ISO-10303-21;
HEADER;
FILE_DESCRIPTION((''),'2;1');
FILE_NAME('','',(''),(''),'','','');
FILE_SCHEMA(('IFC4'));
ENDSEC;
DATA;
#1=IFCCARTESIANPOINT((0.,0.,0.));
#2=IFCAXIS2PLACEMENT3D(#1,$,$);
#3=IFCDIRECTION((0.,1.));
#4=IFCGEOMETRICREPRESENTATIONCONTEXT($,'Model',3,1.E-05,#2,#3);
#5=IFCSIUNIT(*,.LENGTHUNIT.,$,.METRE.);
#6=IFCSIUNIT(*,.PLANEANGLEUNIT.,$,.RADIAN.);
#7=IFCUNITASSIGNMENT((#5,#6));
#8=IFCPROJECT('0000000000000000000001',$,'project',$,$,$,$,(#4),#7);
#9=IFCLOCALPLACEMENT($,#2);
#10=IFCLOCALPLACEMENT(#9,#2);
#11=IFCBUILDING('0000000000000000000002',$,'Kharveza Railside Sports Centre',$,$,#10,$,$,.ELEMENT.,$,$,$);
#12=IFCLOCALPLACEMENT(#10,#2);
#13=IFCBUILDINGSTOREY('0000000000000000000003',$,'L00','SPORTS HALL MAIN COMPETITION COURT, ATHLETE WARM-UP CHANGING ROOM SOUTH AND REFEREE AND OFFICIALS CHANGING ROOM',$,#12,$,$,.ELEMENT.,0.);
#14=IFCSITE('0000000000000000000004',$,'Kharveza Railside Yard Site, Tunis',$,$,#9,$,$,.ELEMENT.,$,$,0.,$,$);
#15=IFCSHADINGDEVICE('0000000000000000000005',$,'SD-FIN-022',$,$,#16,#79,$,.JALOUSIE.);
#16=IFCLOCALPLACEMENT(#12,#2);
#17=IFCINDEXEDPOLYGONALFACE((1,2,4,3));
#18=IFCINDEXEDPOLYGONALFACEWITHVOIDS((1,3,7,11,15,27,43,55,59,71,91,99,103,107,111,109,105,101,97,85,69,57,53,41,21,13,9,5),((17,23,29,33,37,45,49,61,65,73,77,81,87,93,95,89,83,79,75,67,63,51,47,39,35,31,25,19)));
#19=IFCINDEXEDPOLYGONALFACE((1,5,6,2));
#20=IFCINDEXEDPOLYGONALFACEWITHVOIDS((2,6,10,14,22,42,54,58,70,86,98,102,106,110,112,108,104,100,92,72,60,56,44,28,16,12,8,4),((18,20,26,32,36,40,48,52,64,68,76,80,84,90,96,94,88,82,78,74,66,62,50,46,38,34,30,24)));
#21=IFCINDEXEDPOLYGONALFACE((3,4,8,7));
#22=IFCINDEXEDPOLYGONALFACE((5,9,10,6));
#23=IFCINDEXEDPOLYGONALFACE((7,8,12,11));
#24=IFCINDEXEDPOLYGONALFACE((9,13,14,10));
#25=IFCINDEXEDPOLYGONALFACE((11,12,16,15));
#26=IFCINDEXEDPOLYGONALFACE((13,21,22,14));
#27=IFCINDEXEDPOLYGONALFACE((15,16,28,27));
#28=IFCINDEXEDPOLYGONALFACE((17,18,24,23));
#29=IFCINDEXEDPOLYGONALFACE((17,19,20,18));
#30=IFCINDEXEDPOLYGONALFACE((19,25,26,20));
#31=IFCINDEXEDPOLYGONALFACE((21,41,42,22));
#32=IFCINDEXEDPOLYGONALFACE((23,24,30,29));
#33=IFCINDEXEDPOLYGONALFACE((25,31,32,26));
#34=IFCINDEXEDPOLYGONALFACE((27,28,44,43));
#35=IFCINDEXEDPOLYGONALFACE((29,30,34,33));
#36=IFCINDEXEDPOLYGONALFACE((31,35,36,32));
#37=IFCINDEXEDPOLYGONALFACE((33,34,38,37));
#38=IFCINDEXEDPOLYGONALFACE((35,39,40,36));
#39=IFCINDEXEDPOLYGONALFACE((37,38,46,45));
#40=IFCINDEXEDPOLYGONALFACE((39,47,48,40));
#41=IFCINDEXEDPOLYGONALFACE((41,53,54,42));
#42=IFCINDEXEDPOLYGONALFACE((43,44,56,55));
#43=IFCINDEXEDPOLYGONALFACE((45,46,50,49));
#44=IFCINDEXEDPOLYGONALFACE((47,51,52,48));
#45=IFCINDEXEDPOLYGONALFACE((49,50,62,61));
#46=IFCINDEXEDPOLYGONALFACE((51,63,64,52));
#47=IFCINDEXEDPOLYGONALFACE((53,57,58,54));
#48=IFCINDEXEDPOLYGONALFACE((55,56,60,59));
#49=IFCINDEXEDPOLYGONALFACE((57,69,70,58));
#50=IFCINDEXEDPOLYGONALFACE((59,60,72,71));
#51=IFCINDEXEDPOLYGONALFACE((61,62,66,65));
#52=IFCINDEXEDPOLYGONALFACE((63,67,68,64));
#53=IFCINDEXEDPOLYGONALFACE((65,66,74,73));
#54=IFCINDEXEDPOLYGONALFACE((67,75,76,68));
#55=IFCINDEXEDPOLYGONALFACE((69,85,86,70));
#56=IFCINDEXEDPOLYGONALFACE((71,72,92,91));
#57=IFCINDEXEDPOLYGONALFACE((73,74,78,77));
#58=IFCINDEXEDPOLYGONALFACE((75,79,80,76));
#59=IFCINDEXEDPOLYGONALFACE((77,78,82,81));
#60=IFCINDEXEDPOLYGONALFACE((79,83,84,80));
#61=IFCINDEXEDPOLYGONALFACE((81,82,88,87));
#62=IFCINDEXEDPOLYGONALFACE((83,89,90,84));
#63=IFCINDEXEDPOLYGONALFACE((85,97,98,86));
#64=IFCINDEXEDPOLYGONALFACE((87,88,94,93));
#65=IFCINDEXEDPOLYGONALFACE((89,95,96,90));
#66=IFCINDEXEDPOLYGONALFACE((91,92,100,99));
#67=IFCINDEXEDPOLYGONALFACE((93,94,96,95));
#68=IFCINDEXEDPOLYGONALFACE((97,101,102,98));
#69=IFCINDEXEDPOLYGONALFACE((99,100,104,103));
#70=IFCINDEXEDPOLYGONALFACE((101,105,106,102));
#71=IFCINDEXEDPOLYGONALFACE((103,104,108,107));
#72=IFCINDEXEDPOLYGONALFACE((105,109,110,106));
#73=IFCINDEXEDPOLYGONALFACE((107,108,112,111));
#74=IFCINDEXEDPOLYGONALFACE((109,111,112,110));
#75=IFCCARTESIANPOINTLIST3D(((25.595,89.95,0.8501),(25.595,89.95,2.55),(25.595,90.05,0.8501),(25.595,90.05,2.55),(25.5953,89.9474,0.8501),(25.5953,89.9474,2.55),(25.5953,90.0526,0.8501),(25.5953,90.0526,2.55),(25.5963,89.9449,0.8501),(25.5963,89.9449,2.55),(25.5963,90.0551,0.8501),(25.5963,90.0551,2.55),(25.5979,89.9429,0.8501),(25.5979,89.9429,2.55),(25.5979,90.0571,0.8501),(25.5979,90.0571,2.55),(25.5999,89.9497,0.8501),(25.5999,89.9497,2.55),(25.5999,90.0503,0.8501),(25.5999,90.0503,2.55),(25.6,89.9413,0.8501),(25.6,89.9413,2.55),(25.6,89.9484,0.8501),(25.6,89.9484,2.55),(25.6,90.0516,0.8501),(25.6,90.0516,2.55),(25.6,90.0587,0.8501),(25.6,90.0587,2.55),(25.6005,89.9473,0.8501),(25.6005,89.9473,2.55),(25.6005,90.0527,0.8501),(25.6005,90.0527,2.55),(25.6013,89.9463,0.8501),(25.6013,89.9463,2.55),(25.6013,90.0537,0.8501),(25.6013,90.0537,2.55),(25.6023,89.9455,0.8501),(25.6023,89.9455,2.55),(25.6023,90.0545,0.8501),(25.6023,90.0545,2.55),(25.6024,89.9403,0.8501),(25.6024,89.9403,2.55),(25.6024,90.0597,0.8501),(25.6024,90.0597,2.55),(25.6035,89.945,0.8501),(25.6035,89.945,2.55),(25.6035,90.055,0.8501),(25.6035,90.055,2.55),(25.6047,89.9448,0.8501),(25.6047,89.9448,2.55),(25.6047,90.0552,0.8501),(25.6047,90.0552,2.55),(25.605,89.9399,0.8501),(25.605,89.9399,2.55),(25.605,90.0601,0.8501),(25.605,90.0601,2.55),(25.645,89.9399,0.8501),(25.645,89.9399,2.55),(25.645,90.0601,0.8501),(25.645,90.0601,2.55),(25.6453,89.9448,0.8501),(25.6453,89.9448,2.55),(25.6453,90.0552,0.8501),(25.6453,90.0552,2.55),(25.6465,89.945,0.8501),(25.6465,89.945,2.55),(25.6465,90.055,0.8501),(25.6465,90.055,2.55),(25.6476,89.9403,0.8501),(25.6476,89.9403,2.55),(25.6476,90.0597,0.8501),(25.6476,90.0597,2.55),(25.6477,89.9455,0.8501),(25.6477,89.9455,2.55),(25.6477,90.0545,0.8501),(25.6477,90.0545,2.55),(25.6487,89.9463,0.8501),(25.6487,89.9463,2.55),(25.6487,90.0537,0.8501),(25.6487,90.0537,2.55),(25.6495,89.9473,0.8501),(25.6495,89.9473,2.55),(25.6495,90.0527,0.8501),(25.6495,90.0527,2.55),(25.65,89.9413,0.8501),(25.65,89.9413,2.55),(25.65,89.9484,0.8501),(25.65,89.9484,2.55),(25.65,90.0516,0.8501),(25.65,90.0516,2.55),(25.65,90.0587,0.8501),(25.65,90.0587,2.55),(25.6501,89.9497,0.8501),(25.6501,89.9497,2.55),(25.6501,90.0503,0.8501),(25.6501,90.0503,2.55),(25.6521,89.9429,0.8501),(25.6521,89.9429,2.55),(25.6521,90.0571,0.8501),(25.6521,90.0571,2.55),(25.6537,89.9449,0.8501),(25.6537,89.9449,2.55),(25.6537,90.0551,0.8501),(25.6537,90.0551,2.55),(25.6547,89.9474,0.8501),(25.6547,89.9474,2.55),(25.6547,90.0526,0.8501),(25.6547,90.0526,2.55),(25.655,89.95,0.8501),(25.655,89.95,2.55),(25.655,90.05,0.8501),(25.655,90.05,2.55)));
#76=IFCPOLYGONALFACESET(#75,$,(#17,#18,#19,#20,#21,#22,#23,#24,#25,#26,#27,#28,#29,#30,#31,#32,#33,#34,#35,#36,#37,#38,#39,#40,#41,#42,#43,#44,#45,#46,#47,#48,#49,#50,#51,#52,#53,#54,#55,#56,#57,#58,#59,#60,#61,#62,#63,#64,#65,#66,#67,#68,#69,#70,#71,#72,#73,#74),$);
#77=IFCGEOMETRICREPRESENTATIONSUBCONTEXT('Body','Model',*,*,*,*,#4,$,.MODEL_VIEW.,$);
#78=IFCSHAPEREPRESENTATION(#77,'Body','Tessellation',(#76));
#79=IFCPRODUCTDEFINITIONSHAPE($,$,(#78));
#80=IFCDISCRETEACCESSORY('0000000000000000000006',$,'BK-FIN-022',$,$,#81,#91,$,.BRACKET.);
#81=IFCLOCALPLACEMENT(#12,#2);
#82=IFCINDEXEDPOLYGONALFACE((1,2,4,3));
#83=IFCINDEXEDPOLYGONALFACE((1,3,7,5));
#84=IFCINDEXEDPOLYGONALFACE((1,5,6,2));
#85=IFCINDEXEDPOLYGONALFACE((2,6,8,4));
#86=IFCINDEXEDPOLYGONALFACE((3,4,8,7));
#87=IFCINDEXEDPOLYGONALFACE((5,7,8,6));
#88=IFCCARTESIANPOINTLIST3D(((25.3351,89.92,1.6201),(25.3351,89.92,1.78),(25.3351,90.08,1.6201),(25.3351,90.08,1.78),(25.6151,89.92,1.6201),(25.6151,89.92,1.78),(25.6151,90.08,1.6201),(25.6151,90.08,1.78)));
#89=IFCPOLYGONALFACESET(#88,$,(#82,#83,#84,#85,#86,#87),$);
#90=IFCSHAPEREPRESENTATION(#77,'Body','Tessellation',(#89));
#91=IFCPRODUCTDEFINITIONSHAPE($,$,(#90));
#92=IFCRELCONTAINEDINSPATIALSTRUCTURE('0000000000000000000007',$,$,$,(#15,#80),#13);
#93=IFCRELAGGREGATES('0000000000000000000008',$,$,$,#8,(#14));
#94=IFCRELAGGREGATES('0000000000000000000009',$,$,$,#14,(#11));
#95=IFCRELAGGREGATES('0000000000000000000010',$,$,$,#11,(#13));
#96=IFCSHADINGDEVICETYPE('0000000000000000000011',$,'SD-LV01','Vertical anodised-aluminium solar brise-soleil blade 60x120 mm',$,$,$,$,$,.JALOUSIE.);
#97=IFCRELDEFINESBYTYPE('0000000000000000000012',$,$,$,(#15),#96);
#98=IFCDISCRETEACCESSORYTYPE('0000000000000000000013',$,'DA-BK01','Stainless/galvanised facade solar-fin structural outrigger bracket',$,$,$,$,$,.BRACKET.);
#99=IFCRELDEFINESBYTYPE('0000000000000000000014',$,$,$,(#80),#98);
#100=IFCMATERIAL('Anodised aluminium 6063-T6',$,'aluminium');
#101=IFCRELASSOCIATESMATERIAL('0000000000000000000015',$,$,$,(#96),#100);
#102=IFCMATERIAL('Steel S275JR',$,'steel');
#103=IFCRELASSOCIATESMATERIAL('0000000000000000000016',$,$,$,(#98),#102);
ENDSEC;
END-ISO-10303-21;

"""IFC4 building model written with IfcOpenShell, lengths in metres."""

from ifc_helpers import new_model, si_unit, direction, frame, origin, origin_2d, place, context, subcontext, project, spatial, rectangle, hollow_rectangle, extrude, material, material_profile, profile_set, type_object, element, save


model = new_model("IFC4")

# Units and contexts
model_context = context("Model", 3, precision=1e-05, world=origin(), true_north=direction((0.0, 1.0)))
body_context = subcontext(model_context, "Body", "Model", "MODEL_VIEW")
ifc_project = project(units=[si_unit("LENGTHUNIT", "METRE"), si_unit("PLANEANGLEUNIT", "RADIAN")], contexts=[model_context])

# Site, building, storey
site_placement = place(None, origin())
site = spatial("IfcSite", under=ifc_project, at=site_placement, Name="Kharveza Railside Yard Site, Tunis", CompositionType="ELEMENT", RefElevation=0.0)
building_placement = place(site_placement, origin())
building = spatial("IfcBuilding", under=site, at=building_placement, Name="Kharveza Railside Sports Centre", CompositionType="ELEMENT")
storey_placement = place(building_placement, origin())
storey = spatial("IfcBuildingStorey", under=building, at=storey_placement, Name="L00", Description="SPORTS HALL MAIN COMPETITION COURT, ATHLETE WARM-UP CHANGING ROOM SOUTH AND REFEREE AND OFFICIALS CHANGING ROOM", CompositionType="ELEMENT", Elevation=0.0)

# Shading device
ifc_material_1 = material(Name="Anodised aluminium 6063-T6", Category="aluminium")
ifc_material_profile_1 = material_profile(ifc_material_1, hollow_rectangle(XDim=0.0601, YDim=0.1201, WallThickness=0.0049, InnerFilletRadius=0.0049, OuterFilletRadius=0.01, at=origin_2d()), Name="RHS 60x120x5.0")
ifc_profile_set_1 = profile_set([ifc_material_profile_1], Name="Anodised aluminium 6063-T6")
shading_device_type = type_object("IfcShadingDeviceType", Name="SD-LV01", Description="Vertical anodised-aluminium solar brise-soleil blade 60x120 mm", PredefinedType="JALOUSIE", material=ifc_profile_set_1)
shading_device_placement = place(storey_placement, frame((25.625, 90.0, 0.8501), z_axis=(0.0, 0.0, 1.0), x_axis=(1.0, 0.0, 0.0)))
element("IfcShadingDevice", 1, at=shading_device_placement, inside=storey, type_object=shading_device_type, Name="SD-FIN-022", PredefinedType="JALOUSIE", context=body_context, shape_type="SweptSolid", body=[
    extrude(hollow_rectangle(XDim=0.0601, YDim=0.1201, WallThickness=0.0049, InnerFilletRadius=0.0049, OuterFilletRadius=0.01, at=origin_2d()), origin(), (0.0, 0.0, 1.0), 1.7),
])

# Discrete accessory
ifc_material_2 = material(Name="Steel S275JR", Category="steel")
discrete_accessory_type = type_object("IfcDiscreteAccessoryType", Name="DA-BK01", Description="Stainless/galvanised facade solar-fin structural outrigger bracket", PredefinedType="BRACKET", material=ifc_material_2)
discrete_accessory_placement = place(storey_placement, frame((25.4751, 90.0, 1.6201), z_axis=(0.0, 0.0, 1.0), x_axis=(1.0, 0.0, 0.0)))
element("IfcDiscreteAccessory", 2, at=discrete_accessory_placement, inside=storey, type_object=discrete_accessory_type, Name="BK-FIN-022", PredefinedType="BRACKET", context=body_context, shape_type="SweptSolid", body=[
    extrude(rectangle(XDim=0.28, YDim=0.1599, at=origin_2d()), origin(), (0.0, 0.0, 1.0), 0.1599),
])

save(model, "model.ifc")
